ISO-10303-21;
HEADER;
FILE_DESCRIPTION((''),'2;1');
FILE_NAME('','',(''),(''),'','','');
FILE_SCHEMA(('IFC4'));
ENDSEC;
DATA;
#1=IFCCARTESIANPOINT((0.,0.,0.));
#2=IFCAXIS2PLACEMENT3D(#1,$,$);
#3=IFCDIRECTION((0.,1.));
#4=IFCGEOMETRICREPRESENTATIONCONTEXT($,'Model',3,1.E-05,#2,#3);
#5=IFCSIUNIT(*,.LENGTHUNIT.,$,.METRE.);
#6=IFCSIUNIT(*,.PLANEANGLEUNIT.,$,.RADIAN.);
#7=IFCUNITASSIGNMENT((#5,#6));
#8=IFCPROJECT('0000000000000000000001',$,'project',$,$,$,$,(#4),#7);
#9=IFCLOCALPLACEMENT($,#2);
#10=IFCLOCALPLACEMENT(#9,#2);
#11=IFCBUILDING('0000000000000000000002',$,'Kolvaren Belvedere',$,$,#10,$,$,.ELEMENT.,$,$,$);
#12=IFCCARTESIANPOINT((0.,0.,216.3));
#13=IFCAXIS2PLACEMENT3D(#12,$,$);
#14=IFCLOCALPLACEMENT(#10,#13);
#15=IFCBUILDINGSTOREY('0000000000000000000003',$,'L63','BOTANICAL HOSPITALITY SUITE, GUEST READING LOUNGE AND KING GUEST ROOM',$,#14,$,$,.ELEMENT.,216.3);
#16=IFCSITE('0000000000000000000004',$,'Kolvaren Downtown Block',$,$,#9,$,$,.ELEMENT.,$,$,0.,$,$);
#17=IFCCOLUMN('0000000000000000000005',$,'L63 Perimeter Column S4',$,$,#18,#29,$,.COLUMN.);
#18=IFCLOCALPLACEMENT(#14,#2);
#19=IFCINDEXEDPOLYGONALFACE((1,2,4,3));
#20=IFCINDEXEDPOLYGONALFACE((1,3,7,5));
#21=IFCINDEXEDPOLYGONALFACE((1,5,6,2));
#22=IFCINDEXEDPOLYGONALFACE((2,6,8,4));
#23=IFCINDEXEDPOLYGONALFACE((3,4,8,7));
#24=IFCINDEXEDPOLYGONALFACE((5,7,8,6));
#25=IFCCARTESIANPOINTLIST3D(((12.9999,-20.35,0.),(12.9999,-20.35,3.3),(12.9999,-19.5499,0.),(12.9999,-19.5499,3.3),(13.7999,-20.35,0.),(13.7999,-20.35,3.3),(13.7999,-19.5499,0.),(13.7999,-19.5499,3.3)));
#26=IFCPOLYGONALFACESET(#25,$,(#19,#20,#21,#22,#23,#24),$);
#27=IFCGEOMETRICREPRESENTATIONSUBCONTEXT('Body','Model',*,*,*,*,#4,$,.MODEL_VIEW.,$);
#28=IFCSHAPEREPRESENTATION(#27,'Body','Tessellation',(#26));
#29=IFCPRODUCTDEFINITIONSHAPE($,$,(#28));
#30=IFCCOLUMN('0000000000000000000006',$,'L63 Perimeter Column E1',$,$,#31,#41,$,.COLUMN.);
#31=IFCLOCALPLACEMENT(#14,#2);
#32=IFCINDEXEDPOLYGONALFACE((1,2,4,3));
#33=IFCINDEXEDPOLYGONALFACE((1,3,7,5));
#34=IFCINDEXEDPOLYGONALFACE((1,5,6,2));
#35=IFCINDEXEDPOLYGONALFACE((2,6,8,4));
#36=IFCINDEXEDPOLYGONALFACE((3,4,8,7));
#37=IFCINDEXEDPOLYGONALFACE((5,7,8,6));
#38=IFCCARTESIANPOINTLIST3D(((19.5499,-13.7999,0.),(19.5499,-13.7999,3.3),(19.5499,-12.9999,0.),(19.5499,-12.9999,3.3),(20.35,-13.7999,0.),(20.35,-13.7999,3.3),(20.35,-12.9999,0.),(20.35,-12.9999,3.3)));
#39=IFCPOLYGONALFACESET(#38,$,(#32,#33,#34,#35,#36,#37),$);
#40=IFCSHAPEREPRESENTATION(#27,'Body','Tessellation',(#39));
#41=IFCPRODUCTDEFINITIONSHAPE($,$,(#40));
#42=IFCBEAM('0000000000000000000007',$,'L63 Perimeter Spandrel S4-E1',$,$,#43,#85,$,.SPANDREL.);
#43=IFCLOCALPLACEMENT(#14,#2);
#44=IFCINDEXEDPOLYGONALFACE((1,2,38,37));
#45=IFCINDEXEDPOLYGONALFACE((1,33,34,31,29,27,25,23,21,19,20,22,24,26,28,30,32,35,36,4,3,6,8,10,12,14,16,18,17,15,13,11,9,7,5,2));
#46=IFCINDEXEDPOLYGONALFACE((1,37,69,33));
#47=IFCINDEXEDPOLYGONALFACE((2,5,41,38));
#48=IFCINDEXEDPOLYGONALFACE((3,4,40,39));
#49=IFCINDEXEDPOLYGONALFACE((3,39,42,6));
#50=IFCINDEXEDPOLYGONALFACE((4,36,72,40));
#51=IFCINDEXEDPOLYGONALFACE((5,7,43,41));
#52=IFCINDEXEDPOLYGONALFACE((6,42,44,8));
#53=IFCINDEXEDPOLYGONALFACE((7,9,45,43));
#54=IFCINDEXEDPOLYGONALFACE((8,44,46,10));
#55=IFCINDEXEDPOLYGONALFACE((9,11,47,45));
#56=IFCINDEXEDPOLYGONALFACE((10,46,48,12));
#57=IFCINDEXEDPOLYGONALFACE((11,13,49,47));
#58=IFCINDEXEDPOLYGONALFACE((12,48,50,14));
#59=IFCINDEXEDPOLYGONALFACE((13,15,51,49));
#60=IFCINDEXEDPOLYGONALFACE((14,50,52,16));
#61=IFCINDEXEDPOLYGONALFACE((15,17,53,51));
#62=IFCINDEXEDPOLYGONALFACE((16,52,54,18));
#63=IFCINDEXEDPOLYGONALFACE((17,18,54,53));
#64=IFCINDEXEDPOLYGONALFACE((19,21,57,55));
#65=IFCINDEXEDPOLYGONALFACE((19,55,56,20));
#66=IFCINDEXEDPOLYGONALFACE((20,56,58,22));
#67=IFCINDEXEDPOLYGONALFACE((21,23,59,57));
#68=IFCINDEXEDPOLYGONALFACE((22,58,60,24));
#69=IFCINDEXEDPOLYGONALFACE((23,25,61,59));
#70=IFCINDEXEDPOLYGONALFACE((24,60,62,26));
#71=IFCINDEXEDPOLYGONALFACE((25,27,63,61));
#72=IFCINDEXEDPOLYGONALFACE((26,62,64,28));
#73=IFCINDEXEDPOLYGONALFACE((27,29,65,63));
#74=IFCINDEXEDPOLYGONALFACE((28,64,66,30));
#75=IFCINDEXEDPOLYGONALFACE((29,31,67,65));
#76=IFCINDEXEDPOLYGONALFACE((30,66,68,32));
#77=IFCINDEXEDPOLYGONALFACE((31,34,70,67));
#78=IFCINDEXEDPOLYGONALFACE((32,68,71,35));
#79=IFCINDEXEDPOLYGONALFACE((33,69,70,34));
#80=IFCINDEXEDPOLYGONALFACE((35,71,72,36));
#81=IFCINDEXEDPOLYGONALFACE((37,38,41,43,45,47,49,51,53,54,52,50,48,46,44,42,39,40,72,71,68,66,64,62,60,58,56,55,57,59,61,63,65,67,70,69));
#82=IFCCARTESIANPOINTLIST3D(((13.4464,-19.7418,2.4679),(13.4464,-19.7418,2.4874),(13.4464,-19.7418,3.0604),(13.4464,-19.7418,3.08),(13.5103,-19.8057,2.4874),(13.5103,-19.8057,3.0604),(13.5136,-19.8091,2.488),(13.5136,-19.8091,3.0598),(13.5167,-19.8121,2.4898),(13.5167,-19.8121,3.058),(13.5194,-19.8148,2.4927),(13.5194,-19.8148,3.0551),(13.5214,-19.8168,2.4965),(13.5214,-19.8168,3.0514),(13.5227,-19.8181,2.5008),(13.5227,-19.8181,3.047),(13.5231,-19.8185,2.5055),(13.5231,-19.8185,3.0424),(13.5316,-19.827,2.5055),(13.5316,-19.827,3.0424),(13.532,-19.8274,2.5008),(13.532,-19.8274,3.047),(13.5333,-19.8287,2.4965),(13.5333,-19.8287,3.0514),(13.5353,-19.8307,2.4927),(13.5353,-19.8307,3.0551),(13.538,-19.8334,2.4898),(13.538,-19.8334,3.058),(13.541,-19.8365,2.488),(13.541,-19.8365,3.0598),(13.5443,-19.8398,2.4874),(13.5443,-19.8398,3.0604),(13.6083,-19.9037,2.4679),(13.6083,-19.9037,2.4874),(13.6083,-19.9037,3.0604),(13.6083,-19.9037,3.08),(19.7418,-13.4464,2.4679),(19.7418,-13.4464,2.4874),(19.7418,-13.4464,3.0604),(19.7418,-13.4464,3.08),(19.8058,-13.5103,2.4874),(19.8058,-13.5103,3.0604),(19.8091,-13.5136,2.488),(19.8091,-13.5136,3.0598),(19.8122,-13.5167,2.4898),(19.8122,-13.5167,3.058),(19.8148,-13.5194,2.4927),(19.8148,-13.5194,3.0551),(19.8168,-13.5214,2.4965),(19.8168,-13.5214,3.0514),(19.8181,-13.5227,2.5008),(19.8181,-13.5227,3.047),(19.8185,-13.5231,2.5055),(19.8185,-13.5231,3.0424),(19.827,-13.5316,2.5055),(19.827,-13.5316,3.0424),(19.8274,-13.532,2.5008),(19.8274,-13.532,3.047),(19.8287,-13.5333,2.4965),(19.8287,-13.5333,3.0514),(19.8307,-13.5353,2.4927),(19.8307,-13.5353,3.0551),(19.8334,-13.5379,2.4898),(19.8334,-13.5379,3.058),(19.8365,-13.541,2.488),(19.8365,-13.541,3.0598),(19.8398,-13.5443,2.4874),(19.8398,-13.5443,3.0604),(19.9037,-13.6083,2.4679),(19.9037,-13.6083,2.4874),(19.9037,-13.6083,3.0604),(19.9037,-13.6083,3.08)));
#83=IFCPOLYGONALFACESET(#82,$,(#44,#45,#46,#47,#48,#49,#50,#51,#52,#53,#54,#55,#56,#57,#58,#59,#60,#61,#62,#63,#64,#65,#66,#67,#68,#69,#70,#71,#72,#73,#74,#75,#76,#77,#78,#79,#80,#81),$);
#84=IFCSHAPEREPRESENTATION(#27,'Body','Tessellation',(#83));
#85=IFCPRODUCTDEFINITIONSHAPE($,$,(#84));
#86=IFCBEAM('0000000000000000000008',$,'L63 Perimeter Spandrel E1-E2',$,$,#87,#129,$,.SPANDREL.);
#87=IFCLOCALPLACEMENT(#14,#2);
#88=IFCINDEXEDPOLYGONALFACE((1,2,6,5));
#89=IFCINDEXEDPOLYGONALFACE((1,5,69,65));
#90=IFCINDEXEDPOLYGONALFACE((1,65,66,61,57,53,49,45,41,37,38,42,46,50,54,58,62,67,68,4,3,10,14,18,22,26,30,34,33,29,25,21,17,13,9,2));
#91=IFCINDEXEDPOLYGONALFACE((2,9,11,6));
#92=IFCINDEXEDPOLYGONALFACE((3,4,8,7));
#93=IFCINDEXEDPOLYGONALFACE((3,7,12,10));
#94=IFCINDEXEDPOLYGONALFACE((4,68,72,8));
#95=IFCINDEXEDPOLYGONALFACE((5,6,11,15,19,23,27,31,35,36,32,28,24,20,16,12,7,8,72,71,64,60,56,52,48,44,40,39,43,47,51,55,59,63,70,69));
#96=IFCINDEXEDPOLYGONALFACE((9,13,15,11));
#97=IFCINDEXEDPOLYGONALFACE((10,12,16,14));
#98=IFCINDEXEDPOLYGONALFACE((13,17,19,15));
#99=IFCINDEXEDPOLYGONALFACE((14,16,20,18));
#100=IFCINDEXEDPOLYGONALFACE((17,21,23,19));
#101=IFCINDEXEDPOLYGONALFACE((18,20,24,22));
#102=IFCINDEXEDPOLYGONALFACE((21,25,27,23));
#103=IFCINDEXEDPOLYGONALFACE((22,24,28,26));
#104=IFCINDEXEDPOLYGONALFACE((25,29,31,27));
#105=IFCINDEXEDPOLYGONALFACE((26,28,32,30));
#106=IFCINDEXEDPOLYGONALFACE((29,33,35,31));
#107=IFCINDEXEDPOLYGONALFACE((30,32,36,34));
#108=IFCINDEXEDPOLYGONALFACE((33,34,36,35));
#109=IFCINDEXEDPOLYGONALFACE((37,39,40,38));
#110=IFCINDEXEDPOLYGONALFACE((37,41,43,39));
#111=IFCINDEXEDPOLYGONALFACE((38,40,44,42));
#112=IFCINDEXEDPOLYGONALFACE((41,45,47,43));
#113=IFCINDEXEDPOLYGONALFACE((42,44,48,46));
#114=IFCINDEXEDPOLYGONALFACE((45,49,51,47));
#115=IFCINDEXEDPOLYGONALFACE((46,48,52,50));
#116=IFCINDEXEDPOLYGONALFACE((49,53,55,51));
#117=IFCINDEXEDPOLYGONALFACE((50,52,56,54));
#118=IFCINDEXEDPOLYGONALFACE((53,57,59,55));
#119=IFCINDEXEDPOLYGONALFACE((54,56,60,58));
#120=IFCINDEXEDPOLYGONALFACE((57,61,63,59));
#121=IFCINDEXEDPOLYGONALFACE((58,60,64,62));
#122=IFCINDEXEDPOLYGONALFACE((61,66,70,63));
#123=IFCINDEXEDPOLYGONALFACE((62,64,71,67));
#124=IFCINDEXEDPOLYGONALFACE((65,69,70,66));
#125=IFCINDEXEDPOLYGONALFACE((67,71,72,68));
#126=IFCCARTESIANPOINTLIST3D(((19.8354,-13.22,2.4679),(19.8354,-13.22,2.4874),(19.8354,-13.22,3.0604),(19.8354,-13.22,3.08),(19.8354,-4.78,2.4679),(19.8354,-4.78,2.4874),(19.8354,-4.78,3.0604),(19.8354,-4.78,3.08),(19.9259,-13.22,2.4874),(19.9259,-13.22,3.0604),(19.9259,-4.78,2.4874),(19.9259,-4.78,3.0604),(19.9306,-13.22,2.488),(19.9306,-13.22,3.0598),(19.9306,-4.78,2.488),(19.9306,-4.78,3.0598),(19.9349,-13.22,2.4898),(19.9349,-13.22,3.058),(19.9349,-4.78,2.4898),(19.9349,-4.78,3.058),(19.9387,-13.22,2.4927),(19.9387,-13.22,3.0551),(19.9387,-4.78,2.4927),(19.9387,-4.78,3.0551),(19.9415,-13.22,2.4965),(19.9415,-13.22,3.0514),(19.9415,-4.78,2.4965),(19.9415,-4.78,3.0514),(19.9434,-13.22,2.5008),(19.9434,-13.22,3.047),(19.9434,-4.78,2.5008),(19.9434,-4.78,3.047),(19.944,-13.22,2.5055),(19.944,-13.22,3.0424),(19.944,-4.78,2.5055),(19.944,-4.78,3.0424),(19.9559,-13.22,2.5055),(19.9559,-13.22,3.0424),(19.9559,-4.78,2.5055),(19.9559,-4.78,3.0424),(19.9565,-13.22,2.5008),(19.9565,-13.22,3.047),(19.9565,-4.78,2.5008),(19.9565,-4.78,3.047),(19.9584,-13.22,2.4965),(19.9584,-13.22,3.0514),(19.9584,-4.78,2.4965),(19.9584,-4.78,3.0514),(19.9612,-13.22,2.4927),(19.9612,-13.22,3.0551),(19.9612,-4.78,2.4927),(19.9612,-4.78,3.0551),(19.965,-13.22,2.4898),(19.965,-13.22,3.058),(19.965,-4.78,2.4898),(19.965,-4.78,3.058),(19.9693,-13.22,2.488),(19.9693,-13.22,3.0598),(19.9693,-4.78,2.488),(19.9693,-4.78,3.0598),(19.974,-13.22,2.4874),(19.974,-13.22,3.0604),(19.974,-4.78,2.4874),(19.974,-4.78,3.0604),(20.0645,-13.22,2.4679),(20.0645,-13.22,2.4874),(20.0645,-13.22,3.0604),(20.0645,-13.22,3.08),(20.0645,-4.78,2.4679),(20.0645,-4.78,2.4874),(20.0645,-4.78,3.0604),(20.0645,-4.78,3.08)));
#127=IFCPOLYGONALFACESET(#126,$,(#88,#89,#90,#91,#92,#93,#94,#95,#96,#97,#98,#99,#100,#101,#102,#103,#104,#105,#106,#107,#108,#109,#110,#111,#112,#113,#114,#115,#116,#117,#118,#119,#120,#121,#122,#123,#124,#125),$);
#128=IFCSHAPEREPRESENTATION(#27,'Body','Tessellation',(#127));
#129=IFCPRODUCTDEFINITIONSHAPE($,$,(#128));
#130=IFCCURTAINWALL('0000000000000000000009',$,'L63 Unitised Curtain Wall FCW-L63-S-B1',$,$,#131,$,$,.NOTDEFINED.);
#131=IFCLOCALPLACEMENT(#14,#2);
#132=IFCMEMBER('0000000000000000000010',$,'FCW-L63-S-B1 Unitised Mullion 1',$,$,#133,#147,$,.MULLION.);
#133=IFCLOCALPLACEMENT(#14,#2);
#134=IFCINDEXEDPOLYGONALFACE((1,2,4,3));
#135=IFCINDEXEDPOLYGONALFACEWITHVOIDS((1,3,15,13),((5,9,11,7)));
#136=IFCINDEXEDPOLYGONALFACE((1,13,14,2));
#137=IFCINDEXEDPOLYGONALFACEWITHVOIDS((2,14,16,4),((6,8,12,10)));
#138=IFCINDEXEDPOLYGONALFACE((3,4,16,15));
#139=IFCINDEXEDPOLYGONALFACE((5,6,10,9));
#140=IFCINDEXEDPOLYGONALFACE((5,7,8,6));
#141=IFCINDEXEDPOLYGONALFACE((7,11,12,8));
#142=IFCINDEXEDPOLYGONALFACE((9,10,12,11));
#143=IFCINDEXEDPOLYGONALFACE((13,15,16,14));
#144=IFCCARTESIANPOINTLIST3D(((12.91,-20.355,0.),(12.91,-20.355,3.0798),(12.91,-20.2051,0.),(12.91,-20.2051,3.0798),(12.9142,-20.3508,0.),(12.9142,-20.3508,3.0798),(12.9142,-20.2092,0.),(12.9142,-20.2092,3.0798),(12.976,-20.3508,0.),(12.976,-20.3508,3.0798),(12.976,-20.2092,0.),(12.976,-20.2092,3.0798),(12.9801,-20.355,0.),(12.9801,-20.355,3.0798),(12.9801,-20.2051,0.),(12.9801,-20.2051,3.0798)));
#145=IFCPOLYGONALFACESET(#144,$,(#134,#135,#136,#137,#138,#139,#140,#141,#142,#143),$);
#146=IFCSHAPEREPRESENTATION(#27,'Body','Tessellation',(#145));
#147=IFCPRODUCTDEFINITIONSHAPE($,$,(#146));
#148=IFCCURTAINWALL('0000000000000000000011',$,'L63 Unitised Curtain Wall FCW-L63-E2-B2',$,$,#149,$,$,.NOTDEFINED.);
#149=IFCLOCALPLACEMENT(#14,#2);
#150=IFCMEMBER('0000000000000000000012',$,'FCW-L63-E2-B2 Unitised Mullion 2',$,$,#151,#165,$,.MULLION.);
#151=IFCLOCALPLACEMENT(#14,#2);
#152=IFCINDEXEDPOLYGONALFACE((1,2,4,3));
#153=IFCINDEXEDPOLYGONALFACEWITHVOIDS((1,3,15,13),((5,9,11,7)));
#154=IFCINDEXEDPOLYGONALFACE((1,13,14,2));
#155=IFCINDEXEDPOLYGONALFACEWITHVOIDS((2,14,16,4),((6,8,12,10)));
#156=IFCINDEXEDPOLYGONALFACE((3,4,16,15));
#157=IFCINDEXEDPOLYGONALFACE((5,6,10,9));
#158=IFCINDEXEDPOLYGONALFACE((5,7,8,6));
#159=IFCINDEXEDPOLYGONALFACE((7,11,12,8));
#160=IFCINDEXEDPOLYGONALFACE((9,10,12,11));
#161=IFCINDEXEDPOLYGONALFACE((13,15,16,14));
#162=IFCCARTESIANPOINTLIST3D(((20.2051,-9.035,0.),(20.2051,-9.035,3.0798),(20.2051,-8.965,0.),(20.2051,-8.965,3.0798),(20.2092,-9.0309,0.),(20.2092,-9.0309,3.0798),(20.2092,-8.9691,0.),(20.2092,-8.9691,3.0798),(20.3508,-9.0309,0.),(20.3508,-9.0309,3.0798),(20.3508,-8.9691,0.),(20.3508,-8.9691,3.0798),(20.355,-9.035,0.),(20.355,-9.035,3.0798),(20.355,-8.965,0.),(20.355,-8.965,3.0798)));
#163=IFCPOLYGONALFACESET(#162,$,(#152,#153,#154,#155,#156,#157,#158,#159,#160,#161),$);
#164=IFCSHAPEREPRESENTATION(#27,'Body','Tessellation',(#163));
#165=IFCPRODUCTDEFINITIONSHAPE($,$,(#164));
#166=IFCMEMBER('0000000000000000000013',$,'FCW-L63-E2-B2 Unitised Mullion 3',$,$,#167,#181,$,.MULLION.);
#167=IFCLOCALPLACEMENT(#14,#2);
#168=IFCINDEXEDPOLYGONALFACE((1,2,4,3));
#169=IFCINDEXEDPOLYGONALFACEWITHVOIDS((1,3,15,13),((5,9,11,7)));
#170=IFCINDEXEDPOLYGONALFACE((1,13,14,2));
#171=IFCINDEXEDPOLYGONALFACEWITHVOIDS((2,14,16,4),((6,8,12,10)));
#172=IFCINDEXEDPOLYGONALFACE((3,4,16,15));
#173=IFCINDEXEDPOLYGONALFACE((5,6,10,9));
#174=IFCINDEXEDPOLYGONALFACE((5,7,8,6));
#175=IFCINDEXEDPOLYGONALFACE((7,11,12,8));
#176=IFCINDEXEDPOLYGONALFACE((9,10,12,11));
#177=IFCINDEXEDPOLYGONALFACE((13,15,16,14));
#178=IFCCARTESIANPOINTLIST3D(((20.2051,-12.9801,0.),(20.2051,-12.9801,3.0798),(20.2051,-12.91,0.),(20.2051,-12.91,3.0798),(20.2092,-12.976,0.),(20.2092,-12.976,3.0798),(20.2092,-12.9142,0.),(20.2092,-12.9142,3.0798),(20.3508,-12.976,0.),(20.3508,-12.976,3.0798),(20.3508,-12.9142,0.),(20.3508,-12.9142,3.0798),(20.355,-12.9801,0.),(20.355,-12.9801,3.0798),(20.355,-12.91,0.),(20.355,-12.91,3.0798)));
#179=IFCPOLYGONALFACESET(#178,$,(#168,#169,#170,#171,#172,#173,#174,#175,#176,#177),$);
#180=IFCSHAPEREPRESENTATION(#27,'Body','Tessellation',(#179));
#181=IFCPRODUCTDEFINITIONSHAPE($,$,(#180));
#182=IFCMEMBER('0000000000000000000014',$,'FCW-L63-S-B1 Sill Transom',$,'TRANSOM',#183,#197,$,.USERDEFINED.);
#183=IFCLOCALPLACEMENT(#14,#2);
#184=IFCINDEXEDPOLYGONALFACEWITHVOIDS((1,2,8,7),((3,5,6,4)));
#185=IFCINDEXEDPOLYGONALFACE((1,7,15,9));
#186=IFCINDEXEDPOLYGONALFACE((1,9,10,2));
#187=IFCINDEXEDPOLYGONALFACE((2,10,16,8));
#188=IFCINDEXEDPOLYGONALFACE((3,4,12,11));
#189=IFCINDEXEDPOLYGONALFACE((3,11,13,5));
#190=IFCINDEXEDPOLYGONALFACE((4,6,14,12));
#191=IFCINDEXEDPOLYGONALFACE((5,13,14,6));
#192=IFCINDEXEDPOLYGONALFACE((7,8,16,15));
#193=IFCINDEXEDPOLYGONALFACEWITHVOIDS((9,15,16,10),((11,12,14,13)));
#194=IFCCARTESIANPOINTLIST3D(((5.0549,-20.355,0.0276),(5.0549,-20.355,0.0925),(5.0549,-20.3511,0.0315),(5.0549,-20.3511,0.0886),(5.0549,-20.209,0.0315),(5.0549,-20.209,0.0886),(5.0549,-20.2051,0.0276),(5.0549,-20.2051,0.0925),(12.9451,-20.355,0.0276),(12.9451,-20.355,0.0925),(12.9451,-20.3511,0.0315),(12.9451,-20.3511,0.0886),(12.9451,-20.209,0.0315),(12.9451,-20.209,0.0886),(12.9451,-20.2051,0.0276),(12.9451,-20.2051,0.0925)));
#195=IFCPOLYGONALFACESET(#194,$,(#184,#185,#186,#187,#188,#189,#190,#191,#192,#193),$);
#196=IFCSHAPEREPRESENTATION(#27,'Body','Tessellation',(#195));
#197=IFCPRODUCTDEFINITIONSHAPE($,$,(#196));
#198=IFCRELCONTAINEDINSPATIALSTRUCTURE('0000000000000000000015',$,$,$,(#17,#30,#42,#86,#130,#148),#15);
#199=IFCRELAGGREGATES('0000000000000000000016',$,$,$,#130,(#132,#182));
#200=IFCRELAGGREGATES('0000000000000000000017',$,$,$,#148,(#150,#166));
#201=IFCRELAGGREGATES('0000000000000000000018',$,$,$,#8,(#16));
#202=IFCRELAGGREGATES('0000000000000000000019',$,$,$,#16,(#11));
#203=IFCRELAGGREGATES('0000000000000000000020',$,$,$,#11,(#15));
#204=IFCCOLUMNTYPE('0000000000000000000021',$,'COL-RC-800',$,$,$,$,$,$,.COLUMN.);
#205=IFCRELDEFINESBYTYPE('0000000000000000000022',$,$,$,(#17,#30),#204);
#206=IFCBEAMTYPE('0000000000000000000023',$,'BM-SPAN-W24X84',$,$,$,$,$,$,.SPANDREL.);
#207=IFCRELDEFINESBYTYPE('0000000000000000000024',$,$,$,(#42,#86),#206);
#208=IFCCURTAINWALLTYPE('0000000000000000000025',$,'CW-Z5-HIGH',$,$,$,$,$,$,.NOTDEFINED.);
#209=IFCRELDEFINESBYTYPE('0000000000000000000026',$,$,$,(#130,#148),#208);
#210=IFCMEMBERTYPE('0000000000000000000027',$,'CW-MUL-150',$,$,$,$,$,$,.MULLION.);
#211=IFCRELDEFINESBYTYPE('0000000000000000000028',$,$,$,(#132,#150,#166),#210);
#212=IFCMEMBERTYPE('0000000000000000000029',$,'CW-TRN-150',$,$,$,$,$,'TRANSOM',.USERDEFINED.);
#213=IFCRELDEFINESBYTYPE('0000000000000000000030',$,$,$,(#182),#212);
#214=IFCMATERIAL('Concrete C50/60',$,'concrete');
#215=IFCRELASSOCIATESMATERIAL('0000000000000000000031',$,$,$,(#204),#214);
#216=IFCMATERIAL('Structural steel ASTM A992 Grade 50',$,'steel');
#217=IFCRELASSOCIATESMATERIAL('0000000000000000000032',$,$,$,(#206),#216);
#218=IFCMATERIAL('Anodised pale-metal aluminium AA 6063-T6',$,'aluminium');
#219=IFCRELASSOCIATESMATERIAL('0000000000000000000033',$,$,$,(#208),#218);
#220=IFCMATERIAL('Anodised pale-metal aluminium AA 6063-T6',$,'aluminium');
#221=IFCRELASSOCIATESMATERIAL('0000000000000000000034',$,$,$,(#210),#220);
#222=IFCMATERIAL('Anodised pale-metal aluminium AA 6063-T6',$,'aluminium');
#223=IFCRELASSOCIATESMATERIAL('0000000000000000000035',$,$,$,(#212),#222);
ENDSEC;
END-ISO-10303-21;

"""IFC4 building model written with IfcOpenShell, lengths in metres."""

from ifc_helpers import new_model, si_unit, direction, frame, origin, origin_2d, place, context, subcontext, project, spatial, rectangle, hollow_rectangle, i_section, extrude, material, material_profile, profile_set, type_object, element, aggregate, save


model = new_model("IFC4")

# Units and contexts
model_context = context("Model", 3, precision=1e-05, world=origin(), true_north=direction((0.0, 1.0)))
body_context = subcontext(model_context, "Body", "Model", "MODEL_VIEW")
ifc_project = project(units=[si_unit("LENGTHUNIT", "METRE"), si_unit("PLANEANGLEUNIT", "RADIAN")], contexts=[model_context])

# Site, building, storey
site_placement = place(None, origin())
site = spatial("IfcSite", under=ifc_project, at=site_placement, Name="Kolvaren Downtown Block", CompositionType="ELEMENT", RefElevation=0.0)
building_placement = place(site_placement, origin())
building = spatial("IfcBuilding", under=site, at=building_placement, Name="Kolvaren Belvedere", CompositionType="ELEMENT")
storey_placement = place(building_placement, frame((0.0, 0.0, 216.3)))
storey = spatial("IfcBuildingStorey", under=building, at=storey_placement, Name="L63", Description="BOTANICAL HOSPITALITY SUITE, GUEST READING LOUNGE AND KING GUEST ROOM", CompositionType="ELEMENT", Elevation=216.3)

# Columns
ifc_material_1 = material(Name="Concrete C50/60", Category="concrete")
ifc_material_profile_1 = material_profile(ifc_material_1, rectangle(XDim=0.8, YDim=0.8, at=origin_2d()), Name="RC 800X800")
ifc_profile_set_1 = profile_set([ifc_material_profile_1], Name="Concrete C50/60")
column_type = type_object("IfcColumnType", Name="COL-RC-800", PredefinedType="COLUMN", material=ifc_profile_set_1)
for number, where, z_axis, x_axis, name in (
    (1, (13.3999, -19.95, 0.0), (0.0, 0.0, 1.0), (1.0, 0.0, 0.0), "L63 Perimeter Column S4"),
    (2, (19.95, -13.3999, 0.0), (0.0, 0.0, 1.0), (1.0, 0.0, 0.0), "L63 Perimeter Column E1"),
):
    element("IfcColumn", number, at=place(storey_placement, frame(where, z_axis=z_axis, x_axis=x_axis)), inside=storey, type_object=column_type, Name=name, PredefinedType="COLUMN", context=body_context, shape_type="SweptSolid", body=[
        extrude(rectangle(XDim=0.8, YDim=0.8, at=origin_2d()), origin(), (0.0, 0.0, 1.0), 3.3),
    ])

# Beams
ifc_material_2 = material(Name="Structural steel ASTM A992 Grade 50", Category="steel")
ifc_material_profile_2 = material_profile(ifc_material_2, i_section(OverallWidth=0.229, OverallDepth=0.6121, WebThickness=0.012, FlangeThickness=0.0195, FilletRadius=0.0181, at=origin_2d()), Name="W24X84")
ifc_profile_set_2 = profile_set([ifc_material_profile_2], Name="Structural steel ASTM A992 Grade 50")
beam_type = type_object("IfcBeamType", Name="BM-SPAN-W24X84", PredefinedType="SPANDREL", material=ifc_profile_set_2)
beam_1_placement = place(storey_placement, frame((13.5273, -19.8228, 2.7739), z_axis=(0.707107, 0.707107, 0.0), x_axis=(-0.707107, 0.707107, 0.0)))
element("IfcBeam", 3, at=beam_1_placement, inside=storey, type_object=beam_type, Name="L63 Perimeter Spandrel S4-E1", PredefinedType="SPANDREL", context=body_context, shape_type="SweptSolid", body=[
    extrude(i_section(OverallWidth=0.229, OverallDepth=0.6121, WebThickness=0.012, FlangeThickness=0.0195, FilletRadius=0.0181, at=origin_2d()), origin(), (0.0, 0.0, 1.0), 8.9031),
])
beam_2_placement = place(storey_placement, frame((19.95, -13.22, 2.7739), z_axis=(0.0, 1.0, 0.0), x_axis=(-1.0, 0.0, 0.0)))
element("IfcBeam", 4, at=beam_2_placement, inside=storey, type_object=beam_type, Name="L63 Perimeter Spandrel E1-E2", PredefinedType="SPANDREL", context=body_context, shape_type="SweptSolid", body=[
    extrude(i_section(OverallWidth=0.229, OverallDepth=0.6121, WebThickness=0.012, FlangeThickness=0.0195, FilletRadius=0.0181, at=origin_2d()), origin(), (0.0, 0.0, 1.0), 8.4399),
])

# Curtain wall, member
ifc_material_3 = material(Name="Anodised pale-metal aluminium AA 6063-T6", Category="aluminium")
curtain_wall_type = type_object("IfcCurtainWallType", Name="CW-Z5-HIGH", PredefinedType="NOTDEFINED", material=ifc_material_3)
curtain_wall_1_placement = place(storey_placement, origin())
curtain_wall_1 = element("IfcCurtainWall", 5, at=curtain_wall_1_placement, inside=storey, type_object=curtain_wall_type, Name="L63 Unitised Curtain Wall FCW-L63-S-B1", PredefinedType="NOTDEFINED")
ifc_material_4 = material(Name="Anodised pale-metal aluminium AA 6063-T6", Category="aluminium")
ifc_material_profile_3 = material_profile(ifc_material_4, hollow_rectangle(XDim=0.0701, YDim=0.1499, WallThickness=0.0042, at=origin_2d()), Name="ALU-MUL-150X70")
ifc_profile_set_3 = profile_set([ifc_material_profile_3], Name="Anodised pale-metal aluminium AA 6063-T6")
member_type_1 = type_object("IfcMemberType", Name="CW-MUL-150", PredefinedType="MULLION", material=ifc_profile_set_3)
member_1_placement = place(storey_placement, frame((12.9451, -20.28, 0.0), z_axis=(0.0, 0.0, 1.0), x_axis=(1.0, 0.0, 0.0)))
member_1 = element("IfcMember", 6, at=member_1_placement, type_object=member_type_1, Name="FCW-L63-S-B1 Unitised Mullion 1", PredefinedType="MULLION", context=body_context, shape_type="SweptSolid", body=[
    extrude(hollow_rectangle(XDim=0.0701, YDim=0.1499, WallThickness=0.0042, at=origin_2d()), origin(), (0.0, 0.0, 1.0), 3.0798),
])

# Curtain wall, members
curtain_wall_2_placement = place(storey_placement, origin())
curtain_wall_2 = element("IfcCurtainWall", 7, at=curtain_wall_2_placement, inside=storey, type_object=curtain_wall_type, Name="L63 Unitised Curtain Wall FCW-L63-E2-B2", PredefinedType="NOTDEFINED")
member_2_placement = place(storey_placement, frame((20.28, -9.0, 0.0), z_axis=(0.0, 0.0, 1.0), x_axis=(0.0, 1.0, 0.0)))
member_2 = element("IfcMember", 8, at=member_2_placement, type_object=member_type_1, Name="FCW-L63-E2-B2 Unitised Mullion 2", PredefinedType="MULLION", context=body_context, shape_type="SweptSolid", body=[
    extrude(hollow_rectangle(XDim=0.0701, YDim=0.1499, WallThickness=0.0042, at=origin_2d()), origin(), (0.0, 0.0, 1.0), 3.0798),
])
member_3_placement = place(storey_placement, frame((20.28, -12.9451, 0.0), z_axis=(0.0, 0.0, 1.0), x_axis=(0.0, 1.0, 0.0)))
member_3 = element("IfcMember", 9, at=member_3_placement, type_object=member_type_1, Name="FCW-L63-E2-B2 Unitised Mullion 3", PredefinedType="MULLION", context=body_context, shape_type="SweptSolid", body=[
    extrude(hollow_rectangle(XDim=0.0701, YDim=0.1499, WallThickness=0.0042, at=origin_2d()), origin(), (0.0, 0.0, 1.0), 3.0798),
])

# Member
ifc_material_5 = material(Name="Anodised pale-metal aluminium AA 6063-T6", Category="aluminium")
ifc_material_profile_4 = material_profile(ifc_material_5, hollow_rectangle(XDim=0.0649, YDim=0.1499, WallThickness=0.0039, at=origin_2d()), Name="ALU-TRN-150X65")
ifc_profile_set_4 = profile_set([ifc_material_profile_4], Name="Anodised pale-metal aluminium AA 6063-T6")
member_type_2 = type_object("IfcMemberType", Name="CW-TRN-150", ElementType="TRANSOM", PredefinedType="USERDEFINED", material=ifc_profile_set_4)
member_4_placement = place(storey_placement, frame((12.9451, -20.28, 0.0601), z_axis=(-1.0, 0.0, 0.0), x_axis=(0.0, 0.0, 1.0)))
member_4 = element("IfcMember", 10, at=member_4_placement, type_object=member_type_2, Name="FCW-L63-S-B1 Sill Transom", ObjectType="TRANSOM", PredefinedType="USERDEFINED", context=body_context, shape_type="SweptSolid", body=[
    extrude(hollow_rectangle(XDim=0.0649, YDim=0.1499, WallThickness=0.0039, at=origin_2d()), origin(), (0.0, 0.0, 1.0), 7.8901),
])
aggregate(curtain_wall_1, [member_1, member_4])

aggregate(curtain_wall_2, [member_2, member_3])

save(model, "model.ifc")
